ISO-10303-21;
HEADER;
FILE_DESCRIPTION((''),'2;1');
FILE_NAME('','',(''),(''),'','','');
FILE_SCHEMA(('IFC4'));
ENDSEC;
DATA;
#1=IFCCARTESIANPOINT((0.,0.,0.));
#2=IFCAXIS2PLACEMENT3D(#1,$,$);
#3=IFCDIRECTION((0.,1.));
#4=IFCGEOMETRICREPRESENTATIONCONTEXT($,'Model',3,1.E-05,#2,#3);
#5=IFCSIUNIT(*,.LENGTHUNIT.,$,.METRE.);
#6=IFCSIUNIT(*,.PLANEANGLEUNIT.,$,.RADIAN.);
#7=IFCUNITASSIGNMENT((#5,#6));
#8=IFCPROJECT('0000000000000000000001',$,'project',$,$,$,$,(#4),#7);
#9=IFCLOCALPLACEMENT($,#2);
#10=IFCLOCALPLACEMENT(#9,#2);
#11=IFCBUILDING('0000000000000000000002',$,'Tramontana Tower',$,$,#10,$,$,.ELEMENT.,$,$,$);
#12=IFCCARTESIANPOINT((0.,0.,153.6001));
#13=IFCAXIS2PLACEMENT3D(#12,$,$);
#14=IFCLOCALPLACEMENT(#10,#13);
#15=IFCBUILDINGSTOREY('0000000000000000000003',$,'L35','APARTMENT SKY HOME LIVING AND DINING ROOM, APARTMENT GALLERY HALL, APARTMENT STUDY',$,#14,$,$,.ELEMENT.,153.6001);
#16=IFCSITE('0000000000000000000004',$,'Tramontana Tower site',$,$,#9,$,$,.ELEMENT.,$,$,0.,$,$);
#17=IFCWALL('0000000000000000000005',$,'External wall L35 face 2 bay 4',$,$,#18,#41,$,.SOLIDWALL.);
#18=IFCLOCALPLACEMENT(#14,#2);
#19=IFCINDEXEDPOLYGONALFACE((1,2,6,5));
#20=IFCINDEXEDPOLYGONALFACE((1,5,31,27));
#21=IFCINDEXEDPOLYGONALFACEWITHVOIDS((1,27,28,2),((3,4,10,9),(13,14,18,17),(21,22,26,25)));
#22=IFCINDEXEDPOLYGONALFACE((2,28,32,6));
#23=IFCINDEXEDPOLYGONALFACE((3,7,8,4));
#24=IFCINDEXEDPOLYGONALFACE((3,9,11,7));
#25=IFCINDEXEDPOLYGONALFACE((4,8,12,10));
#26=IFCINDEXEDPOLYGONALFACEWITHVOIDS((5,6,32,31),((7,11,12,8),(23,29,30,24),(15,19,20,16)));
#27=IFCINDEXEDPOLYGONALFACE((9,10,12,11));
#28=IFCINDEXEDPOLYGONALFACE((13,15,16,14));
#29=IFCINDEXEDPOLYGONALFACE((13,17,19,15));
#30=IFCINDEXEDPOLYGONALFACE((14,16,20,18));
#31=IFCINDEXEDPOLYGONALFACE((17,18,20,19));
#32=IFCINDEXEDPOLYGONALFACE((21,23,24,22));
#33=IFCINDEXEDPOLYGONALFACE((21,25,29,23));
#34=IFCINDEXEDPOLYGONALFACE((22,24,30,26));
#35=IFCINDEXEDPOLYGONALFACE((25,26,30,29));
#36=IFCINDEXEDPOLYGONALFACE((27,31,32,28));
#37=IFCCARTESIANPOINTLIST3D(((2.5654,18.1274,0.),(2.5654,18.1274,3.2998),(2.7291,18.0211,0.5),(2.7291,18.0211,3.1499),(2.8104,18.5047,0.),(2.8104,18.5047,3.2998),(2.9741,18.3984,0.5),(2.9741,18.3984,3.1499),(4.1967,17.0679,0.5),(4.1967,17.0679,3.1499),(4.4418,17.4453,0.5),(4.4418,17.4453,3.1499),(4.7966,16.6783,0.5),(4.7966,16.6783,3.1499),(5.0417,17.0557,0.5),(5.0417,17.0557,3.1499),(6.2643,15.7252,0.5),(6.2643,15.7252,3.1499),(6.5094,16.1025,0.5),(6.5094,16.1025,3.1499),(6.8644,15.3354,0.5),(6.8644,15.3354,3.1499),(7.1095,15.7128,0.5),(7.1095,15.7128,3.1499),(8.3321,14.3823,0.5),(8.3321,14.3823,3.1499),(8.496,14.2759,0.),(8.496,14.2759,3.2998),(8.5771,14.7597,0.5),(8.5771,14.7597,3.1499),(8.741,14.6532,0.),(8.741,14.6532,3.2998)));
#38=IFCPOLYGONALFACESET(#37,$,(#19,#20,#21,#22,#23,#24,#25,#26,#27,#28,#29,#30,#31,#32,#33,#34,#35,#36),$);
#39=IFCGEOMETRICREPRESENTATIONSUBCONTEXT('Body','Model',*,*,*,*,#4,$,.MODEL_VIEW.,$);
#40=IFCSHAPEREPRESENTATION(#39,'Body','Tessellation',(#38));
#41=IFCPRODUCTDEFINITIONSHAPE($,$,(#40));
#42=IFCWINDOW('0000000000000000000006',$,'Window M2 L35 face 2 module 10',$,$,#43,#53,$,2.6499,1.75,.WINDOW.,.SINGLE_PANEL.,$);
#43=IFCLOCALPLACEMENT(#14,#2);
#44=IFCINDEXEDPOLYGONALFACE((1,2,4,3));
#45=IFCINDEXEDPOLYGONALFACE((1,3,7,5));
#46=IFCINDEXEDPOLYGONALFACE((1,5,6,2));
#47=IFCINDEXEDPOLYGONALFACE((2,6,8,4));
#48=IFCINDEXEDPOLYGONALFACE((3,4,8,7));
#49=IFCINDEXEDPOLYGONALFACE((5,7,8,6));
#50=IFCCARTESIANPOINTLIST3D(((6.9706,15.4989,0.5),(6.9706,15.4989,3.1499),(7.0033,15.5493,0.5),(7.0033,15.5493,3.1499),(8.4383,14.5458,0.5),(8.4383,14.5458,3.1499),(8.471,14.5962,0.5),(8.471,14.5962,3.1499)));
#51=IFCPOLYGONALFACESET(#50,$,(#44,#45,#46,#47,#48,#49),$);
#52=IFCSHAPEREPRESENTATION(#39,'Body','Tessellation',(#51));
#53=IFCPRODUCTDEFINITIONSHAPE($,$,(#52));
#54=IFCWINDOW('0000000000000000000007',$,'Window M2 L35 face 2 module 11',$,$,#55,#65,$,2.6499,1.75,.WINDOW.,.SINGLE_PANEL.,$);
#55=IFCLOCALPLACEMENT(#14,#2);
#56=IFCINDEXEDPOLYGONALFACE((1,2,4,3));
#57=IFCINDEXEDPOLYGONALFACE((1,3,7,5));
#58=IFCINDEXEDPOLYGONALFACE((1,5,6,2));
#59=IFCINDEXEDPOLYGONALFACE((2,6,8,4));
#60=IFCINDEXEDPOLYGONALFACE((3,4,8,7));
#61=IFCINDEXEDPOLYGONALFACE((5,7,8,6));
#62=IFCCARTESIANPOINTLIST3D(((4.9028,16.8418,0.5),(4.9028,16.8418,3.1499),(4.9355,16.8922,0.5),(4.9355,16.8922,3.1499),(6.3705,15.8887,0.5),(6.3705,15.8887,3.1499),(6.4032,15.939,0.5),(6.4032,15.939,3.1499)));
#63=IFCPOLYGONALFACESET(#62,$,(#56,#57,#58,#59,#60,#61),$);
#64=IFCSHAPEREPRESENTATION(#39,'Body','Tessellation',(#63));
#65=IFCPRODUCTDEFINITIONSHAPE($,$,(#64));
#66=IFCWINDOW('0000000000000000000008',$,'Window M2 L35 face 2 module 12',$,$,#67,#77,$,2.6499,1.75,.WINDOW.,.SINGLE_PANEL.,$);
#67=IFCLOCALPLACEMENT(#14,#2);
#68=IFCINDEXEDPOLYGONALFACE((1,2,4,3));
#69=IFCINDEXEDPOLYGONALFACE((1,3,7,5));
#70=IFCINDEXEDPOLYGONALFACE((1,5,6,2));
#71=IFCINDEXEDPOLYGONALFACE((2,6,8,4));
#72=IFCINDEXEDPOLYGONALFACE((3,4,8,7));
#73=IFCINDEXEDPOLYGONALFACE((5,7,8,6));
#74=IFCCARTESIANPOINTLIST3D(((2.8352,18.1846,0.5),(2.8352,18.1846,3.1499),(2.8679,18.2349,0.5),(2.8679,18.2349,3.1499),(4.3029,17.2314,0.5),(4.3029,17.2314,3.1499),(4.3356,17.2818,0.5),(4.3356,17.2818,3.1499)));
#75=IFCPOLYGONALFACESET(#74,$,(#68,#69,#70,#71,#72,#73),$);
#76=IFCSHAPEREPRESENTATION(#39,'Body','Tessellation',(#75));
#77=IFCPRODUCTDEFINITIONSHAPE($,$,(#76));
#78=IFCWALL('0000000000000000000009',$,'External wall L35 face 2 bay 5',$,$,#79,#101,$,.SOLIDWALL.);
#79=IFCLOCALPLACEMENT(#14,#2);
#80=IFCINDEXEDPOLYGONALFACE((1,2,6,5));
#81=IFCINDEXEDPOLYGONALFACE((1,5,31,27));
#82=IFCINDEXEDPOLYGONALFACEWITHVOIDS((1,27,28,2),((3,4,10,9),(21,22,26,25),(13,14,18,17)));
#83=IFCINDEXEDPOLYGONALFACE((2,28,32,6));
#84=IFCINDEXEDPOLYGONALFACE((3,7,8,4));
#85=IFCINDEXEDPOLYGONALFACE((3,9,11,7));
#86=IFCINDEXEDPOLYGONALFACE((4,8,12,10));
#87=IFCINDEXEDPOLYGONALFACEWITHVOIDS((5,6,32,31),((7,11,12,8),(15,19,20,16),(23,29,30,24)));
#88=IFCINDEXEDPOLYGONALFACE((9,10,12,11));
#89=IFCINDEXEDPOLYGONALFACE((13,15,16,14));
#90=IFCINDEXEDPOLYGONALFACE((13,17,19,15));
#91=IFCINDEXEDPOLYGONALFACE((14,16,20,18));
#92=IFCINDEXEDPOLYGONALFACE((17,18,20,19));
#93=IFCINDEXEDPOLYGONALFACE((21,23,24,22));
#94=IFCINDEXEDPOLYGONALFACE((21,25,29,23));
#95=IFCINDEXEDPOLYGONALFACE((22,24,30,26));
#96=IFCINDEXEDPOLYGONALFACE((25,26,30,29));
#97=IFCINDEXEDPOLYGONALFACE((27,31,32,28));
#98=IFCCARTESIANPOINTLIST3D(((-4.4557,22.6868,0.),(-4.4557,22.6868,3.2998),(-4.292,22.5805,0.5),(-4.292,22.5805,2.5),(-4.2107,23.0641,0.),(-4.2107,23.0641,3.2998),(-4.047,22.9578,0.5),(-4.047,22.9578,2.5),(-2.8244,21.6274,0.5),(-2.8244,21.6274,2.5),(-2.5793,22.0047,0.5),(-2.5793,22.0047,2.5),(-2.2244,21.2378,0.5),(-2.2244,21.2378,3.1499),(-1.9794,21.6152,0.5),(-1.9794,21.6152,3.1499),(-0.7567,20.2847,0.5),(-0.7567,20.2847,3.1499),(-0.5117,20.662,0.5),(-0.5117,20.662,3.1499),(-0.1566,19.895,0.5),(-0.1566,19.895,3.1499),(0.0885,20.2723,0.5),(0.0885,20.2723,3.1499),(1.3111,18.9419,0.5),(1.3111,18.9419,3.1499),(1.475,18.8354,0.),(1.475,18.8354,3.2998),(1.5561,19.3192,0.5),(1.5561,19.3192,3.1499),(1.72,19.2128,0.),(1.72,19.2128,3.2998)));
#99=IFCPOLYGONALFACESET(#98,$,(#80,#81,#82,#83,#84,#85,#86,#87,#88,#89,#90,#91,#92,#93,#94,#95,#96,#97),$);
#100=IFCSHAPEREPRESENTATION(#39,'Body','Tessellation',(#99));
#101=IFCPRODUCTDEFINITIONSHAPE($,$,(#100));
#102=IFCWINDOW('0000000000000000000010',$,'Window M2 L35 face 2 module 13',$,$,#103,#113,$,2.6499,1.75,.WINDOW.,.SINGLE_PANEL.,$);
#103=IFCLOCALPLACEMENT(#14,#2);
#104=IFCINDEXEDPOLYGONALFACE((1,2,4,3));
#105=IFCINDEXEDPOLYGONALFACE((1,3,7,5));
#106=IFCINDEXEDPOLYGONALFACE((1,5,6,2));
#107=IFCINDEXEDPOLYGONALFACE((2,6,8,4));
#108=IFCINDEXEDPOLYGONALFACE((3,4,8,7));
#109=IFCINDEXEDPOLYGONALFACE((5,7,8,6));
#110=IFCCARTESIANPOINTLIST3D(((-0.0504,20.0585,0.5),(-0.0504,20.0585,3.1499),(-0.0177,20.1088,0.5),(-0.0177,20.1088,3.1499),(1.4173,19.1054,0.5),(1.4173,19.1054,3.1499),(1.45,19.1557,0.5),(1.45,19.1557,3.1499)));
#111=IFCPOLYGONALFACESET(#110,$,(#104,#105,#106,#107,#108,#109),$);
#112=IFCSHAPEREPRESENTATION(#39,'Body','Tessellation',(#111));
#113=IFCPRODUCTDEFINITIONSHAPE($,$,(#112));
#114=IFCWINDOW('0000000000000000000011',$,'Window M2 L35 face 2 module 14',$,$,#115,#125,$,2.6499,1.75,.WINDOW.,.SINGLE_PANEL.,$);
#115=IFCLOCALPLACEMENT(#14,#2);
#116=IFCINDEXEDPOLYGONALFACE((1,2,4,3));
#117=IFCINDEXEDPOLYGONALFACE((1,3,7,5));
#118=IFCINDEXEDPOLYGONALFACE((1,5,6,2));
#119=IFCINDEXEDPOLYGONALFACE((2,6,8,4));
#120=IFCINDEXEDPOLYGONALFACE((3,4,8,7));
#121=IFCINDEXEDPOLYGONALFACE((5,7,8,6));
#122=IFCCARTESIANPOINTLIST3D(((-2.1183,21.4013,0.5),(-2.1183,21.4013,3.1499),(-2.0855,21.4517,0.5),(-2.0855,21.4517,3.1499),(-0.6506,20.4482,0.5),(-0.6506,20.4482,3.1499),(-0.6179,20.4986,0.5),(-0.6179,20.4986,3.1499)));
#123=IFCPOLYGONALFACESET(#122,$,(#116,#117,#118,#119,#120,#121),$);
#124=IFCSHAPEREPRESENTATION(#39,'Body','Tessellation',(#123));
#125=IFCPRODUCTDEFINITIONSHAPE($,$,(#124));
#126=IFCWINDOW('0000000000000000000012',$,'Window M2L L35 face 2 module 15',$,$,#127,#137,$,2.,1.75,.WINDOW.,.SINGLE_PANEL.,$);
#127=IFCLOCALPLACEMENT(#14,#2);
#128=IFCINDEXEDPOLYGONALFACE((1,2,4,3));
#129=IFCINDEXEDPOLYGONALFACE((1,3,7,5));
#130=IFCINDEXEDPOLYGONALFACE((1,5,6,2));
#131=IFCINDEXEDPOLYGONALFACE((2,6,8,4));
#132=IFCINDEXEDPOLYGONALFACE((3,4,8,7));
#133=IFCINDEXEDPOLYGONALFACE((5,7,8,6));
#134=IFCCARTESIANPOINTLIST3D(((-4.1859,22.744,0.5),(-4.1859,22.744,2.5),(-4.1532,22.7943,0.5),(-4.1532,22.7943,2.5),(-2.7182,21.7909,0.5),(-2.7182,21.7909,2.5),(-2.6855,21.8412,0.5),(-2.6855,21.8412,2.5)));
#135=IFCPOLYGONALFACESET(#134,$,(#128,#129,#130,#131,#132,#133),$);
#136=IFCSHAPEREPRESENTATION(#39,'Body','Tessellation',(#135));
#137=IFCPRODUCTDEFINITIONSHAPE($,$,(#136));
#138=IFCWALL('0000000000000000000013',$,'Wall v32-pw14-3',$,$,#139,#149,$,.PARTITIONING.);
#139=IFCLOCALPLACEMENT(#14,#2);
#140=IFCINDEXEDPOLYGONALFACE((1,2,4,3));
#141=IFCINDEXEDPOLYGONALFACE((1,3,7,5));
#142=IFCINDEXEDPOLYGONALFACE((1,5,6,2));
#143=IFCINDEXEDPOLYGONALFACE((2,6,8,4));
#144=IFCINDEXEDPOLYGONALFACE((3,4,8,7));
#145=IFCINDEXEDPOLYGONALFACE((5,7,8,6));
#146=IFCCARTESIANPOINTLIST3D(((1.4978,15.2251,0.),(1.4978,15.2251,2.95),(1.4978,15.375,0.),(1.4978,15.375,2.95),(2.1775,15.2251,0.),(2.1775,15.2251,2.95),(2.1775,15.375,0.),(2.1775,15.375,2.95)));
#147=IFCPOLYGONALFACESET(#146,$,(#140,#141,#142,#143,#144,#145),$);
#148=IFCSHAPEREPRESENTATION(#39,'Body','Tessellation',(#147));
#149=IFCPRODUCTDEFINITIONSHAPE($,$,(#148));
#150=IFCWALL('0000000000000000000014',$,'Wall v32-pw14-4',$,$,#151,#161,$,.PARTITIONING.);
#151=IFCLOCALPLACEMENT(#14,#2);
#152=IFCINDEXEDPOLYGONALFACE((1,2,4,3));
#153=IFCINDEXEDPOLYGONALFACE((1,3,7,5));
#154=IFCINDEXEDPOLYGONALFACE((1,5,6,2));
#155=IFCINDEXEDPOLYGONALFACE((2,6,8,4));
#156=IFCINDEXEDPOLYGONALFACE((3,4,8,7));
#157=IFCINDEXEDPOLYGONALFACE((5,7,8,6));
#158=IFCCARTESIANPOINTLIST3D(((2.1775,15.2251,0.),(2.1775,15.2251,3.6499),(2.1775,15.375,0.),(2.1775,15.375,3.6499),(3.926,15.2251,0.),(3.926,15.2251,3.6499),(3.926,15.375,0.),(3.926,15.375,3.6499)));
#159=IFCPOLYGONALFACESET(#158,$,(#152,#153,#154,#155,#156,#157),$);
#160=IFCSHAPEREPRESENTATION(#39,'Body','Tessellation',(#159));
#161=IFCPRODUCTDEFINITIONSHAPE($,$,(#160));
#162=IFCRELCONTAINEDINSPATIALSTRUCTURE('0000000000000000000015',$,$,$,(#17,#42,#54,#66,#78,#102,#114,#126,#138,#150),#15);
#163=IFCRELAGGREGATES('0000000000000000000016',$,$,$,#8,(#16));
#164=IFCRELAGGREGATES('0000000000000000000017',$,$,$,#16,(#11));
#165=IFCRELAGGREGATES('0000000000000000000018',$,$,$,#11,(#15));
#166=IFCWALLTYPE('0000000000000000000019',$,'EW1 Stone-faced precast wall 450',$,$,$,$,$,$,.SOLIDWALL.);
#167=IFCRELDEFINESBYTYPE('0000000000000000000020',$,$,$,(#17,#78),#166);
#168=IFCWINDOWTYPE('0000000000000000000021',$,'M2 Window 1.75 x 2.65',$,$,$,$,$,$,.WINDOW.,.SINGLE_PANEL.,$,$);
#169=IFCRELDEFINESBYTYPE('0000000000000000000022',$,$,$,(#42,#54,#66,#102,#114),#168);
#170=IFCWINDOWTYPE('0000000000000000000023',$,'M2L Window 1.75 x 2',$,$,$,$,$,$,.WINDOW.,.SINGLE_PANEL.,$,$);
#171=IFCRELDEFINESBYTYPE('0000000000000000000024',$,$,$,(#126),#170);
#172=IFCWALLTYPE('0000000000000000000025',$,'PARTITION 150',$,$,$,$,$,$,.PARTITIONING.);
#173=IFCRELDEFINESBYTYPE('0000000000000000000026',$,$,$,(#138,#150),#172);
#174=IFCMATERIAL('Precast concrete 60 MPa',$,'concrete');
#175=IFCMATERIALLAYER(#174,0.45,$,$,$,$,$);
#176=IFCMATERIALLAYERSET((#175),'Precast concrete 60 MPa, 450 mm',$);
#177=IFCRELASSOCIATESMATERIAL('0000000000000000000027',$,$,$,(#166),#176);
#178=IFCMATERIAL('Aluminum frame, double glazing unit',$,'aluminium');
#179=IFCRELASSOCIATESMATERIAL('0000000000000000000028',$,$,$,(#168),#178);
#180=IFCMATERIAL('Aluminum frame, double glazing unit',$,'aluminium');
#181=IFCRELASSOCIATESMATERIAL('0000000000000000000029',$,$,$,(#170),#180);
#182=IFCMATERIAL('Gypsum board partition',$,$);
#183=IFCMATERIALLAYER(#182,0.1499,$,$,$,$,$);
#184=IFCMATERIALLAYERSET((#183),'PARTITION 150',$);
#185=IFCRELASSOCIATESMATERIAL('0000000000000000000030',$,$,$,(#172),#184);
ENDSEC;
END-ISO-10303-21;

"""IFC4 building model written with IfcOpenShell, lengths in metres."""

from ifc_helpers import new_model, si_unit, direction, frame, frame_2d, origin, place, context, subcontext, project, spatial, rectangle, extrude, material, layer, layer_set, type_object, element, fill, save


model = new_model("IFC4")

# Units and contexts
model_context = context("Model", 3, precision=1e-05, world=origin(), true_north=direction((0.0, 1.0)))
body_context = subcontext(model_context, "Body", "Model", "MODEL_VIEW")
ifc_project = project(units=[si_unit("LENGTHUNIT", "METRE"), si_unit("PLANEANGLEUNIT", "RADIAN")], contexts=[model_context])

# Site, building, storey
site_placement = place(None, origin())
site = spatial("IfcSite", under=ifc_project, at=site_placement, Name="Tramontana Tower site", CompositionType="ELEMENT", RefElevation=0.0)
building_placement = place(site_placement, origin())
building = spatial("IfcBuilding", under=site, at=building_placement, Name="Tramontana Tower", CompositionType="ELEMENT")
storey_placement = place(building_placement, frame((0.0, 0.0, 153.6001)))
storey = spatial("IfcBuildingStorey", under=building, at=storey_placement, Name="L35", Description="APARTMENT SKY HOME LIVING AND DINING ROOM, APARTMENT GALLERY HALL, APARTMENT STUDY", CompositionType="ELEMENT", Elevation=153.6001)

# Walls, openings, windows
ifc_material_1 = material(Name="Precast concrete 60 MPa", Category="concrete")
ifc_layer_1 = layer(ifc_material_1, 0.45)
ifc_layer_set_1 = layer_set([ifc_layer_1], Name="Precast concrete 60 MPa, 450 mm")
wall_type_1 = type_object("IfcWallType", Name="EW1 Stone-faced precast wall 450", PredefinedType="SOLIDWALL", material=ifc_layer_set_1)
wall_1_placement = place(storey_placement, frame((8.6184, 14.4646, 0.0), z_axis=(0.0, 0.0, 1.0), x_axis=(-0.838661, 0.544653, 0.0)))
wall_1 = element("IfcWall", 1, at=wall_1_placement, inside=storey, type_object=wall_type_1, Name="External wall L35 face 2 bay 4", PredefinedType="SOLIDWALL", context=body_context, shape_type="SweptSolid", body=[
    extrude(rectangle(XDim=7.0715, YDim=0.45, at=frame_2d((3.5356, 0.0))), origin(), (0.0, 0.0, 1.0), 3.2998),
])
opening_1_placement = place(wall_1_placement, frame((0.1953, 0.0, 0.5)))
opening_1 = element("IfcOpeningElement", 2, at=opening_1_placement, cuts=wall_1, PredefinedType="OPENING", context=body_context, shape_type="SweptSolid", body=[
    extrude(rectangle(XDim=1.75, YDim=2.6499, at=frame_2d((0.875, 1.325))), frame((0.0, 0.2349, 0.0), z_axis=(0.0, -1.0, 0.0), x_axis=(1.0, 0.0, 0.0)), (0.0, 0.0, 1.0), 0.47),
])
opening_2_placement = place(wall_1_placement, frame((2.6609, 0.0, 0.5)))
opening_2 = element("IfcOpeningElement", 3, at=opening_2_placement, cuts=wall_1, PredefinedType="OPENING", context=body_context, shape_type="SweptSolid", body=[
    extrude(rectangle(XDim=1.75, YDim=2.6499, at=frame_2d((0.875, 1.325))), frame((0.0, 0.2349, 0.0), z_axis=(0.0, -1.0, 0.0), x_axis=(1.0, 0.0, 0.0)), (0.0, 0.0, 1.0), 0.47),
])
opening_3_placement = place(wall_1_placement, frame((5.1262, 0.0, 0.5)))
opening_3 = element("IfcOpeningElement", 4, at=opening_3_placement, cuts=wall_1, PredefinedType="OPENING", context=body_context, shape_type="SweptSolid", body=[
    extrude(rectangle(XDim=1.75, YDim=2.6499, at=frame_2d((0.875, 1.325))), frame((0.0, 0.2349, 0.0), z_axis=(0.0, -1.0, 0.0), x_axis=(1.0, 0.0, 0.0)), (0.0, 0.0, 1.0), 0.47),
])
ifc_material_2 = material(Name="Aluminum frame, double glazing unit", Category="aluminium")
window_type_1 = type_object("IfcWindowType", Name="M2 Window 1.75 x 2.65", PartitioningType="SINGLE_PANEL", PredefinedType="WINDOW", material=ifc_material_2)
window_1_placement = place(opening_1_placement, origin())
window_1 = element("IfcWindow", 5, at=window_1_placement, inside=storey, type_object=window_type_1, Name="Window M2 L35 face 2 module 10", OverallHeight=2.6499, OverallWidth=1.75, PartitioningType="SINGLE_PANEL", PredefinedType="WINDOW", context=body_context, shape_type="SweptSolid", body=[
    extrude(rectangle(XDim=1.75, YDim=2.6499, at=frame_2d((0.875, 1.325))), frame((0.0, 0.03, 0.0), z_axis=(0.0, -1.0, 0.0), x_axis=(1.0, 0.0, 0.0)), (0.0, 0.0, 1.0), 0.0601),
])
fill(opening_1, window_1)
window_2_placement = place(opening_2_placement, origin())
window_2 = element("IfcWindow", 6, at=window_2_placement, inside=storey, type_object=window_type_1, Name="Window M2 L35 face 2 module 11", OverallHeight=2.6499, OverallWidth=1.75, PartitioningType="SINGLE_PANEL", PredefinedType="WINDOW", context=body_context, shape_type="SweptSolid", body=[
    extrude(rectangle(XDim=1.75, YDim=2.6499, at=frame_2d((0.875, 1.325))), frame((0.0, 0.03, 0.0), z_axis=(0.0, -1.0, 0.0), x_axis=(1.0, 0.0, 0.0)), (0.0, 0.0, 1.0), 0.0601),
])
fill(opening_2, window_2)
window_3_placement = place(opening_3_placement, origin())
window_3 = element("IfcWindow", 7, at=window_3_placement, inside=storey, type_object=window_type_1, Name="Window M2 L35 face 2 module 12", OverallHeight=2.6499, OverallWidth=1.75, PartitioningType="SINGLE_PANEL", PredefinedType="WINDOW", context=body_context, shape_type="SweptSolid", body=[
    extrude(rectangle(XDim=1.75, YDim=2.6499, at=frame_2d((0.875, 1.325))), frame((0.0, 0.03, 0.0), z_axis=(0.0, -1.0, 0.0), x_axis=(1.0, 0.0, 0.0)), (0.0, 0.0, 1.0), 0.0601),
])
fill(opening_3, window_3)
wall_2_placement = place(storey_placement, frame((1.5974, 19.0242, 0.0), z_axis=(0.0, 0.0, 1.0), x_axis=(-0.838677, 0.544629, 0.0)))
wall_2 = element("IfcWall", 8, at=wall_2_placement, inside=storey, type_object=wall_type_1, Name="External wall L35 face 2 bay 5", PredefinedType="SOLIDWALL", context=body_context, shape_type="SweptSolid", body=[
    extrude(rectangle(XDim=7.0715, YDim=0.45, at=frame_2d((3.5356, 0.0))), origin(), (0.0, 0.0, 1.0), 3.2998),
])
opening_4_placement = place(wall_2_placement, frame((0.1953, 0.0, 0.5)))
opening_4 = element("IfcOpeningElement", 9, at=opening_4_placement, cuts=wall_2, PredefinedType="OPENING", context=body_context, shape_type="SweptSolid", body=[
    extrude(rectangle(XDim=1.75, YDim=2.6499, at=frame_2d((0.875, 1.325))), frame((0.0, 0.2349, 0.0), z_axis=(0.0, -1.0, 0.0), x_axis=(1.0, 0.0, 0.0)), (0.0, 0.0, 1.0), 0.47),
])
opening_5_placement = place(wall_2_placement, frame((2.6609, 0.0, 0.5)))
opening_5 = element("IfcOpeningElement", 10, at=opening_5_placement, cuts=wall_2, PredefinedType="OPENING", context=body_context, shape_type="SweptSolid", body=[
    extrude(rectangle(XDim=1.75, YDim=2.6499, at=frame_2d((0.875, 1.325))), frame((0.0, 0.2349, 0.0), z_axis=(0.0, -1.0, 0.0), x_axis=(1.0, 0.0, 0.0)), (0.0, 0.0, 1.0), 0.47),
])
opening_6_placement = place(wall_2_placement, frame((5.1262, 0.0, 0.5)))
opening_6 = element("IfcOpeningElement", 11, at=opening_6_placement, cuts=wall_2, PredefinedType="OPENING", context=body_context, shape_type="SweptSolid", body=[
    extrude(rectangle(XDim=1.75, YDim=2.0, at=frame_2d((0.875, 1.0))), frame((0.0, 0.2349, 0.0), z_axis=(0.0, -1.0, 0.0), x_axis=(1.0, 0.0, 0.0)), (0.0, 0.0, 1.0), 0.47),
])
window_4_placement = place(opening_4_placement, origin())
window_4 = element("IfcWindow", 12, at=window_4_placement, inside=storey, type_object=window_type_1, Name="Window M2 L35 face 2 module 13", OverallHeight=2.6499, OverallWidth=1.75, PartitioningType="SINGLE_PANEL", PredefinedType="WINDOW", context=body_context, shape_type="SweptSolid", body=[
    extrude(rectangle(XDim=1.75, YDim=2.6499, at=frame_2d((0.875, 1.325))), frame((0.0, 0.03, 0.0), z_axis=(0.0, -1.0, 0.0), x_axis=(1.0, 0.0, 0.0)), (0.0, 0.0, 1.0), 0.0601),
])
fill(opening_4, window_4)
window_5_placement = place(opening_5_placement, origin())
window_5 = element("IfcWindow", 13, at=window_5_placement, inside=storey, type_object=window_type_1, Name="Window M2 L35 face 2 module 14", OverallHeight=2.6499, OverallWidth=1.75, PartitioningType="SINGLE_PANEL", PredefinedType="WINDOW", context=body_context, shape_type="SweptSolid", body=[
    extrude(rectangle(XDim=1.75, YDim=2.6499, at=frame_2d((0.875, 1.325))), frame((0.0, 0.03, 0.0), z_axis=(0.0, -1.0, 0.0), x_axis=(1.0, 0.0, 0.0)), (0.0, 0.0, 1.0), 0.0601),
])
fill(opening_5, window_5)
ifc_material_3 = material(Name="Aluminum frame, double glazing unit", Category="aluminium")
window_type_2 = type_object("IfcWindowType", Name="M2L Window 1.75 x 2", PartitioningType="SINGLE_PANEL", PredefinedType="WINDOW", material=ifc_material_3)
window_6_placement = place(opening_6_placement, origin())
window_6 = element("IfcWindow", 14, at=window_6_placement, inside=storey, type_object=window_type_2, Name="Window M2L L35 face 2 module 15", OverallHeight=2.0, OverallWidth=1.75, PartitioningType="SINGLE_PANEL", PredefinedType="WINDOW", context=body_context, shape_type="SweptSolid", body=[
    extrude(rectangle(XDim=1.75, YDim=2.0, at=frame_2d((0.875, 1.0))), frame((0.0, 0.03, 0.0), z_axis=(0.0, -1.0, 0.0), x_axis=(1.0, 0.0, 0.0)), (0.0, 0.0, 1.0), 0.0601),
])
fill(opening_6, window_6)

# Walls
ifc_material_4 = material(Name="Gypsum board partition")
ifc_layer_2 = layer(ifc_material_4, 0.1499)
ifc_layer_set_2 = layer_set([ifc_layer_2], Name="PARTITION 150")
wall_type_2 = type_object("IfcWallType", Name="PARTITION 150", PredefinedType="PARTITIONING", material=ifc_layer_set_2)
wall_3_placement = place(storey_placement, frame((1.4978, 15.3, 0.0), z_axis=(0.0, 0.0, 1.0), x_axis=(1.0, 0.0, 0.0)))
element("IfcWall", 15, at=wall_3_placement, inside=storey, type_object=wall_type_2, Name="Wall v32-pw14-3", PredefinedType="PARTITIONING", context=body_context, shape_type="SweptSolid", body=[
    extrude(rectangle(XDim=0.6797, YDim=0.1499, at=frame_2d((0.3398, 0.0))), origin(), (0.0, 0.0, 1.0), 2.95),
])
wall_4_placement = place(storey_placement, frame((2.1775, 15.3, 0.0), z_axis=(0.0, 0.0, 1.0), x_axis=(1.0, 0.0, 0.0)))
element("IfcWall", 16, at=wall_4_placement, inside=storey, type_object=wall_type_2, Name="Wall v32-pw14-4", PredefinedType="PARTITIONING", context=body_context, shape_type="SweptSolid", body=[
    extrude(rectangle(XDim=1.7485, YDim=0.1499, at=frame_2d((0.8743, 0.0))), origin(), (0.0, 0.0, 1.0), 3.6499),
])

save(model, "model.ifc")
